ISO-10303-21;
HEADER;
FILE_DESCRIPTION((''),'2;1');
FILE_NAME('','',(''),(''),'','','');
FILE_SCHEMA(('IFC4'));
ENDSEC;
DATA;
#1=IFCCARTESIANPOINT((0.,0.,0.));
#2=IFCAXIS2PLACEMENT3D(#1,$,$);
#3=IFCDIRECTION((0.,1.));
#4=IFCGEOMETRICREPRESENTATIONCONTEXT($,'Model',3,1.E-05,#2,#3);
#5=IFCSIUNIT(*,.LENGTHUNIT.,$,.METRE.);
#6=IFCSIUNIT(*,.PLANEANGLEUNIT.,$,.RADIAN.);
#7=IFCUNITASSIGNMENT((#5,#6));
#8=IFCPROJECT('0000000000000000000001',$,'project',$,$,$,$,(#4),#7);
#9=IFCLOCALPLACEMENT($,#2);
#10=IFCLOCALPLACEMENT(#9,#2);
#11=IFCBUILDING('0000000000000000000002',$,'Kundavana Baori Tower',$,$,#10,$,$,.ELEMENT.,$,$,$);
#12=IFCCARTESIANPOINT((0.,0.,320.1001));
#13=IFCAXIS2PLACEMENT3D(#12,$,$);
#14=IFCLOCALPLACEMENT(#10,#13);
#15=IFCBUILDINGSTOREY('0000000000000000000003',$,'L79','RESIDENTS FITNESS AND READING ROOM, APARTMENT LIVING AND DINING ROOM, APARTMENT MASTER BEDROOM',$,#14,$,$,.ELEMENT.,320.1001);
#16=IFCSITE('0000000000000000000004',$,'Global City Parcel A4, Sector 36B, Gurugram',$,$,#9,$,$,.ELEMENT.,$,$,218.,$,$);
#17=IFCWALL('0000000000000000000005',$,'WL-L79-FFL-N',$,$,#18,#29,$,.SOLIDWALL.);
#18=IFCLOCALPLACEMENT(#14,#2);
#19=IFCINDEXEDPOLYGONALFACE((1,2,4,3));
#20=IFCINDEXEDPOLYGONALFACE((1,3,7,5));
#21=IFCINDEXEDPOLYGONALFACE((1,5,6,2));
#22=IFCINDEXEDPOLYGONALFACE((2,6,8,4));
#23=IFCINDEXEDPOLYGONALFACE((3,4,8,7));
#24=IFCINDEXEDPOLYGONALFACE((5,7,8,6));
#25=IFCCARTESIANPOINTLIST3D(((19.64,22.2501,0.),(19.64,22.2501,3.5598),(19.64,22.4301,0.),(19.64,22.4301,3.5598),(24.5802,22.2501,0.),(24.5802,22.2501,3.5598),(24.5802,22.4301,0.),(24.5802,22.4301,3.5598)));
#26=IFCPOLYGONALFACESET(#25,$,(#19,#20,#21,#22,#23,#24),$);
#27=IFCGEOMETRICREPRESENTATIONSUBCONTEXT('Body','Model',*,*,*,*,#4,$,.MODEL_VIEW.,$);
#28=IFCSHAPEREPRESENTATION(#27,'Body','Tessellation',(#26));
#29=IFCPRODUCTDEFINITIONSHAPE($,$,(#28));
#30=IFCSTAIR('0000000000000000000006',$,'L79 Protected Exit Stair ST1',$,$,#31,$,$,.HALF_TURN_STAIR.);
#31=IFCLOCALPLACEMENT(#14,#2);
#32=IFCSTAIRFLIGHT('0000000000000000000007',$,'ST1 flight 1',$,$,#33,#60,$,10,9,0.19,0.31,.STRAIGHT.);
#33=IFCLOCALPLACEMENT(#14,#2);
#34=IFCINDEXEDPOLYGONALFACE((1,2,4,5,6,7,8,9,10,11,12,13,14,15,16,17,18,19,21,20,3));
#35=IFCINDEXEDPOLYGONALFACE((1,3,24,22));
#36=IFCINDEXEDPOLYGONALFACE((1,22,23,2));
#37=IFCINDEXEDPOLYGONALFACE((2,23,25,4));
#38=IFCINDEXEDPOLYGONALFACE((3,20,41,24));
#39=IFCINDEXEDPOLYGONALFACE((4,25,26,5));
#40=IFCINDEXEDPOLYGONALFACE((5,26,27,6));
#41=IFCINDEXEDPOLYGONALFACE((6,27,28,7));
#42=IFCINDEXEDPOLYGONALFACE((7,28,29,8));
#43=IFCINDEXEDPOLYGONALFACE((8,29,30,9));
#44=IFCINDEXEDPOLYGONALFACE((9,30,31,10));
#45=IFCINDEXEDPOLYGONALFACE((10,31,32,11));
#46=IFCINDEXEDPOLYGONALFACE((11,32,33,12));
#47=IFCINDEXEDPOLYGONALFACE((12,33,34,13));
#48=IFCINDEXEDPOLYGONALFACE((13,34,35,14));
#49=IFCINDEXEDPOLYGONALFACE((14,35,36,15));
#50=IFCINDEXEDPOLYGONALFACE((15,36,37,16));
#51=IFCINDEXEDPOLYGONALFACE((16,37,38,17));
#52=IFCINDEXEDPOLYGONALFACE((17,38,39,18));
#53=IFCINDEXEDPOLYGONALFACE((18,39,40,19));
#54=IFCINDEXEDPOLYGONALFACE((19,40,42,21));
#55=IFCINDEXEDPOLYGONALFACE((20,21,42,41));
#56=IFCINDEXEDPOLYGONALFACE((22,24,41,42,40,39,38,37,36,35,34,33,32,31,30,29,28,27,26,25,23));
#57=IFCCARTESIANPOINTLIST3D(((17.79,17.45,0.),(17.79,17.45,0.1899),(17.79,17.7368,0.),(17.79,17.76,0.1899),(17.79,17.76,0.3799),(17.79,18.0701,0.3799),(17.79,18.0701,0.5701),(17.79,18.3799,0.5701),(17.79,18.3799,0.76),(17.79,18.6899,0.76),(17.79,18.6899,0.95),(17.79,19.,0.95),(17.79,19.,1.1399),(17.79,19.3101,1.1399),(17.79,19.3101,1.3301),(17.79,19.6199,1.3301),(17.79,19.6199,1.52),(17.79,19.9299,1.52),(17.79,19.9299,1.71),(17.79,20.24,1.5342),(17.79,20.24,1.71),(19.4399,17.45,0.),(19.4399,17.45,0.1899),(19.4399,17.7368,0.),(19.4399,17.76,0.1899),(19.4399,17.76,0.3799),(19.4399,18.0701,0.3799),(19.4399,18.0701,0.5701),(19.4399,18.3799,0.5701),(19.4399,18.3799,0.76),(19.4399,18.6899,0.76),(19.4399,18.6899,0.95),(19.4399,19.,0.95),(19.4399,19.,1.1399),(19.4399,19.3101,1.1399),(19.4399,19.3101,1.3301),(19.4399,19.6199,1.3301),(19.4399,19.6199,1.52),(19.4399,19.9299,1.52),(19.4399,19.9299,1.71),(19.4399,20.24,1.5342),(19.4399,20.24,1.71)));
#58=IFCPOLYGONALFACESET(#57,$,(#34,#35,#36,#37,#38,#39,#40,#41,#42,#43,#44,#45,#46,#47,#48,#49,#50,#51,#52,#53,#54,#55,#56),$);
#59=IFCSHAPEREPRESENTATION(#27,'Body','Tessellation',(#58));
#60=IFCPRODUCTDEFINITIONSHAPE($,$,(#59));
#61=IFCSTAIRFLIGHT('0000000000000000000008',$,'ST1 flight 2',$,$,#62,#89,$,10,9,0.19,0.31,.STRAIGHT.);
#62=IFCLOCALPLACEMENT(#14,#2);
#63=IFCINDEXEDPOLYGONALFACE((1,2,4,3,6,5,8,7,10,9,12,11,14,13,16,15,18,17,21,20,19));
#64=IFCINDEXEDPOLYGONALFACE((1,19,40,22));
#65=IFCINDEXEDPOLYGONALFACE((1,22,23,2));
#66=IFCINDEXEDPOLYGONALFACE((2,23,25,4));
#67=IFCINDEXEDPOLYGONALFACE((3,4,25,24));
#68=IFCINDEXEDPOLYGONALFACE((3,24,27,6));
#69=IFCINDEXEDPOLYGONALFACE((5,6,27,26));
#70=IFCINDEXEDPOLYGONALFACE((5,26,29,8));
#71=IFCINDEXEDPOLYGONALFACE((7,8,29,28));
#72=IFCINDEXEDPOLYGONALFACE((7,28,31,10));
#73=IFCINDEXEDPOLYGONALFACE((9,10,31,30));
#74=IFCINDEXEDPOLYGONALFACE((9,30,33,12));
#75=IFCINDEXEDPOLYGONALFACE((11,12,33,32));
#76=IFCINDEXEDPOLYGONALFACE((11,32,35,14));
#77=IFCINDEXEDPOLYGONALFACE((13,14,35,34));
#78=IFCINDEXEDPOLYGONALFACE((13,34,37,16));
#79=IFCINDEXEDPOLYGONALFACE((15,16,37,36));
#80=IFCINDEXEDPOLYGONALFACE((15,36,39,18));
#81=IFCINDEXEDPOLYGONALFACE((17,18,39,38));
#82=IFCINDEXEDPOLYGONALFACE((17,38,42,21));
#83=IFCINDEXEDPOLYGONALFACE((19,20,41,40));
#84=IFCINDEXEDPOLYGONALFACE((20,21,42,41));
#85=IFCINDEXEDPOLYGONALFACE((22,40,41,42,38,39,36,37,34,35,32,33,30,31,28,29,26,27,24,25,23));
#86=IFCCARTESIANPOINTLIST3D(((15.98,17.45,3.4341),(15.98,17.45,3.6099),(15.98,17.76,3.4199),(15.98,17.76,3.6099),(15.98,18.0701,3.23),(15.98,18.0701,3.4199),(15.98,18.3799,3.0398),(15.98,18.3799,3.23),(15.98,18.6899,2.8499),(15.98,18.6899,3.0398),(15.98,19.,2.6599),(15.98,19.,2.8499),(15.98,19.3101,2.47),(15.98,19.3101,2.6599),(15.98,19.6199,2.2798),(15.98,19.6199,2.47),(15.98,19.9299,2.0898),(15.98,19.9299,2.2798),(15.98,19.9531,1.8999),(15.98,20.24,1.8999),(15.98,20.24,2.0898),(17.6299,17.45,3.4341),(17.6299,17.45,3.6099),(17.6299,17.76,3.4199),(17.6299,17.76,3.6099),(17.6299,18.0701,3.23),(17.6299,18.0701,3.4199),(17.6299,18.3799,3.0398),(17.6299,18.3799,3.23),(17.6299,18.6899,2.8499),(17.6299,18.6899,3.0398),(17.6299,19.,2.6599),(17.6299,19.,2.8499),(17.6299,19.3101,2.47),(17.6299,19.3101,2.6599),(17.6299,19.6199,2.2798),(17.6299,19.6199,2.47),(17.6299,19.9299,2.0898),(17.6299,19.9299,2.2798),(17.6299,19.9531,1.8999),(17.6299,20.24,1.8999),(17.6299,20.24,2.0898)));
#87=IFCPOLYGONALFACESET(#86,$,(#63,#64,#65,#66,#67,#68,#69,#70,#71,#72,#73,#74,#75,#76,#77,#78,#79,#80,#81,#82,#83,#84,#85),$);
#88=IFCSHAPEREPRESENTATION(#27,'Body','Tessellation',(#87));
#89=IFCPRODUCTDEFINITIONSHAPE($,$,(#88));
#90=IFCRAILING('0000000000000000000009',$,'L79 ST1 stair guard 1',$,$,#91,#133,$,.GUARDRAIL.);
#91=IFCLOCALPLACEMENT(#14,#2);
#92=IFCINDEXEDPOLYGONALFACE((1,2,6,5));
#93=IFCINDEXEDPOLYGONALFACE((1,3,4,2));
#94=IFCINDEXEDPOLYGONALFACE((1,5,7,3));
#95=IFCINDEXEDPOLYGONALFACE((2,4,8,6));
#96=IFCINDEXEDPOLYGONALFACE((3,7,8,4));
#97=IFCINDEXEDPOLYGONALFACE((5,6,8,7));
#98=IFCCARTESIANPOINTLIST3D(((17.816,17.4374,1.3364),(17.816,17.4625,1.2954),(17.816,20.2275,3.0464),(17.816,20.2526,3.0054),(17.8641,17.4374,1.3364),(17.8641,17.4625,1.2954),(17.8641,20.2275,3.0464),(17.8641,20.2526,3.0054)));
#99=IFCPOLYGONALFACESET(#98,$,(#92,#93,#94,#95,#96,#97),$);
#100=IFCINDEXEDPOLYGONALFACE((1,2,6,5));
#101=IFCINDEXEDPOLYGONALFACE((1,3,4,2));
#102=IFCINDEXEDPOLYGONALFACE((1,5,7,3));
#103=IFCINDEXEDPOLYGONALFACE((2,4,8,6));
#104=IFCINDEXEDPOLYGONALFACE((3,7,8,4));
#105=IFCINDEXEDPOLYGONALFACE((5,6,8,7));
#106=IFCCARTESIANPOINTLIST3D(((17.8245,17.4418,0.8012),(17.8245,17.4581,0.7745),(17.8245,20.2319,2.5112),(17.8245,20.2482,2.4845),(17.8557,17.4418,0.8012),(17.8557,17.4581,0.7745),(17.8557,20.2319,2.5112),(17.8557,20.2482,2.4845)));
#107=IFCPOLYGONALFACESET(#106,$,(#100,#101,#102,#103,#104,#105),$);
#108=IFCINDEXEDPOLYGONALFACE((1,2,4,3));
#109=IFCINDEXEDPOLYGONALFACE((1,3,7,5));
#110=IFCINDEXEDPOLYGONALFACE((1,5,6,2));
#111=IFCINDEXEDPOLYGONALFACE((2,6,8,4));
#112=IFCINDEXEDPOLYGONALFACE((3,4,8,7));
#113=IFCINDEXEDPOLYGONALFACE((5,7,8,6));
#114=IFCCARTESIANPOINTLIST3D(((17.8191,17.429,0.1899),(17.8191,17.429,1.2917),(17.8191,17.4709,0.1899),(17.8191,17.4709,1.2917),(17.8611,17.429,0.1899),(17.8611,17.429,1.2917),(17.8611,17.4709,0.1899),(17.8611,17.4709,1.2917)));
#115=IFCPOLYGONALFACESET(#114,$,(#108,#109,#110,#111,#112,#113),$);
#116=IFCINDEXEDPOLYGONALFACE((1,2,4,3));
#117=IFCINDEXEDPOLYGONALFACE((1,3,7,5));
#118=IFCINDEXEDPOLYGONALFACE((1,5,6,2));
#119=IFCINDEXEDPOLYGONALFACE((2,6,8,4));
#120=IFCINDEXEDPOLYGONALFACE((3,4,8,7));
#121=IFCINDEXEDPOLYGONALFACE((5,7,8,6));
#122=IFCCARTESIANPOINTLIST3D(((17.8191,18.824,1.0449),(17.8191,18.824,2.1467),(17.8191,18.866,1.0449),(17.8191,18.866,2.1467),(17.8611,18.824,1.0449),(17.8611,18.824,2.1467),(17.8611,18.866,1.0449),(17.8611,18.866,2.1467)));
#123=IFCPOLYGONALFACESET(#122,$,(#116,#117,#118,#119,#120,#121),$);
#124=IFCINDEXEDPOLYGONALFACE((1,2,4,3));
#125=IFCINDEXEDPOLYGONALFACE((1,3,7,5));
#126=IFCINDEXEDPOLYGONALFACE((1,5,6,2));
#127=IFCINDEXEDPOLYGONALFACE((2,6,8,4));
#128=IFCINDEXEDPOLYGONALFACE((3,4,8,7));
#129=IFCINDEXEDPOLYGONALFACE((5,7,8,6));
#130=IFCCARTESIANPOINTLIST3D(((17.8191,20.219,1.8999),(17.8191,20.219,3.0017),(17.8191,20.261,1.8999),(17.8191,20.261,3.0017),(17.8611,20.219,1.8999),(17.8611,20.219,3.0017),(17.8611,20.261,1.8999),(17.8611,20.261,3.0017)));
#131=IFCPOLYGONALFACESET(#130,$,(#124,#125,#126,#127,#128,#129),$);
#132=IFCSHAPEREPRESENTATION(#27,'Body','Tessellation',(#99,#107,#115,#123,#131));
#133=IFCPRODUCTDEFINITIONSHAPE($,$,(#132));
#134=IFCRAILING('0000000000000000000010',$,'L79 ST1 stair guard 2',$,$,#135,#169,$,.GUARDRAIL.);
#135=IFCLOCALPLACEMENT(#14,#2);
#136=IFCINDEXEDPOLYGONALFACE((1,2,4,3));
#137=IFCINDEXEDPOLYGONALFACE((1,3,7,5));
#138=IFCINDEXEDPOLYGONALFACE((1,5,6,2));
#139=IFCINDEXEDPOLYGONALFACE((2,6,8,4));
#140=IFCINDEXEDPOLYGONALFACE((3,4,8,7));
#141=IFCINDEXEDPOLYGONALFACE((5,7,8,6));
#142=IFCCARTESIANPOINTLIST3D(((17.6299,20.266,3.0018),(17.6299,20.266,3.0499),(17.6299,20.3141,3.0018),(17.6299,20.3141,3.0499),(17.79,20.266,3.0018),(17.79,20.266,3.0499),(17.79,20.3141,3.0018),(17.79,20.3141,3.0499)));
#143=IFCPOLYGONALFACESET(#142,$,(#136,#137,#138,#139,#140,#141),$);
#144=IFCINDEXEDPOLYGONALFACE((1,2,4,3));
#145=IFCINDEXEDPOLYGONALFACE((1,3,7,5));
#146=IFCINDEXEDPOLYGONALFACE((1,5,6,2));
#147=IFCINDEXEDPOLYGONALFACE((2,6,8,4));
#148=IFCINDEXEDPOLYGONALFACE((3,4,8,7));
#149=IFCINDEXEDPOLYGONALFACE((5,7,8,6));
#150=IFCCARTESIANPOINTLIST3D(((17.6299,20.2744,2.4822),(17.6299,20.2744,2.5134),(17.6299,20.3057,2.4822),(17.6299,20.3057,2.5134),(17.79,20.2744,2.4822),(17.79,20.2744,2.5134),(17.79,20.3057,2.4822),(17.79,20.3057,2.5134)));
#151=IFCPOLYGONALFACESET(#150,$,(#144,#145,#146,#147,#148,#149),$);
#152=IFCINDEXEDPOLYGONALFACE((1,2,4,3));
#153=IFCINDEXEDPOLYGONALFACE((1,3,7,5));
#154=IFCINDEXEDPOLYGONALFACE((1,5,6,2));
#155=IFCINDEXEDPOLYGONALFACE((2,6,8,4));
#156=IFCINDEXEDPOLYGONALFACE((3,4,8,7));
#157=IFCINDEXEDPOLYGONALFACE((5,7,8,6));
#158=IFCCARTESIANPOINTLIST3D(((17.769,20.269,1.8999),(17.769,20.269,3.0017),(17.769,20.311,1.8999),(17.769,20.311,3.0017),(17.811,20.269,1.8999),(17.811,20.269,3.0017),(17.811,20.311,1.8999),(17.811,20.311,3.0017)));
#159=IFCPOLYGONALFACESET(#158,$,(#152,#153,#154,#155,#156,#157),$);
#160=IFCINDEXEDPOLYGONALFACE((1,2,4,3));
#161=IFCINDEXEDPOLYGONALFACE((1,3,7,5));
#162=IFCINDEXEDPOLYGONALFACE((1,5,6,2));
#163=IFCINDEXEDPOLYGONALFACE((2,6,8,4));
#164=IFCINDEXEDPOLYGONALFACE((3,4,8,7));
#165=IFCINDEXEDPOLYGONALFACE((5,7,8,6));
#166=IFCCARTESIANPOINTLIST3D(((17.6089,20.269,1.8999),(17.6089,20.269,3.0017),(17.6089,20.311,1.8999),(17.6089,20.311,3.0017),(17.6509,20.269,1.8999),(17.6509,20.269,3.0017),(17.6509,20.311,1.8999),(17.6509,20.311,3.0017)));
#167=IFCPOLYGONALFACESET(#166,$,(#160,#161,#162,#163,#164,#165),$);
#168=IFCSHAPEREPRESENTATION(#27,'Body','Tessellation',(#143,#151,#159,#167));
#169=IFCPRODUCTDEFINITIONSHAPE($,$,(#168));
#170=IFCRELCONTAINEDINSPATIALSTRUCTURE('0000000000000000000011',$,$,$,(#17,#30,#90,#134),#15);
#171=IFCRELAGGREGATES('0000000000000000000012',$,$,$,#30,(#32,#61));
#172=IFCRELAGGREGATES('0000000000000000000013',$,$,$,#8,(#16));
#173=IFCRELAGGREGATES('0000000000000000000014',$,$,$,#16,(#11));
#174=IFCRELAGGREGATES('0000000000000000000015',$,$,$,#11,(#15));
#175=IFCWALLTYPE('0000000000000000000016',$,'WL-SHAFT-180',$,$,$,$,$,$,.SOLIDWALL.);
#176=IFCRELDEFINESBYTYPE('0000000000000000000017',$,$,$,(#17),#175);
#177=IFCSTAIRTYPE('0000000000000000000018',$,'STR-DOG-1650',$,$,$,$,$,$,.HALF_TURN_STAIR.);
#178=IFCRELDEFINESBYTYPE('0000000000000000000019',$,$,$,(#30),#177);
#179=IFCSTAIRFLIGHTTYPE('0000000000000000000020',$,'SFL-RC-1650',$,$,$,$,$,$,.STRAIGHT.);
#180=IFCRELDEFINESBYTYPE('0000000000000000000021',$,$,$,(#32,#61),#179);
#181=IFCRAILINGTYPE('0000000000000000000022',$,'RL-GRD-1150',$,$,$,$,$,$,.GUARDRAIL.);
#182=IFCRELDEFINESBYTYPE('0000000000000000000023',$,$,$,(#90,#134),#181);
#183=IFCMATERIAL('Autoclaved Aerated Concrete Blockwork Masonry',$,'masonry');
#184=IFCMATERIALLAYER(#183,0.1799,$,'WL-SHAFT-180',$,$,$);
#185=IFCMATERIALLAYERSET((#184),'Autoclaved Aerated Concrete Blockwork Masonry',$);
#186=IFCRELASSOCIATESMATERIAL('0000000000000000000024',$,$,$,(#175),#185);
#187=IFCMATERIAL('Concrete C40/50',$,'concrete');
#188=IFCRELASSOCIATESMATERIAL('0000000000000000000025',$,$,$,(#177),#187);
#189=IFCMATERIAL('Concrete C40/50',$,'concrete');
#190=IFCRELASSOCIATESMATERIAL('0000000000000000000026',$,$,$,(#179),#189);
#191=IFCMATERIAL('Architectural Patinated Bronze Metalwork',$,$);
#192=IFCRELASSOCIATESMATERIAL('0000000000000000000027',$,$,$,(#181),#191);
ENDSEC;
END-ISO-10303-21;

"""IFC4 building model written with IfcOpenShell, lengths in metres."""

from ifc_helpers import new_model, si_unit, direction, frame, frame_2d, origin, origin_2d, place, context, subcontext, project, spatial, polyline, rectangle, outline, extrude, material, layer, layer_set, type_object, element, aggregate, save


model = new_model("IFC4")

# Units and contexts
model_context = context("Model", 3, precision=1e-05, world=origin(), true_north=direction((0.0, 1.0)))
body_context = subcontext(model_context, "Body", "Model", "MODEL_VIEW")
ifc_project = project(units=[si_unit("LENGTHUNIT", "METRE"), si_unit("PLANEANGLEUNIT", "RADIAN")], contexts=[model_context])

# Site, building, storey
site_placement = place(None, origin())
site = spatial("IfcSite", under=ifc_project, at=site_placement, Name="Global City Parcel A4, Sector 36B, Gurugram", CompositionType="ELEMENT", RefElevation=218.0)
building_placement = place(site_placement, origin())
building = spatial("IfcBuilding", under=site, at=building_placement, Name="Kundavana Baori Tower", CompositionType="ELEMENT")
storey_placement = place(building_placement, frame((0.0, 0.0, 320.1001)))
storey = spatial("IfcBuildingStorey", under=building, at=storey_placement, Name="L79", Description="RESIDENTS FITNESS AND READING ROOM, APARTMENT LIVING AND DINING ROOM, APARTMENT MASTER BEDROOM", CompositionType="ELEMENT", Elevation=320.1001)

# Shared definitions
ifc_material_1 = material(Name="Autoclaved Aerated Concrete Blockwork Masonry", Category="masonry")
ifc_layer_1 = layer(ifc_material_1, 0.1799, Name="WL-SHAFT-180")
ifc_layer_set_1 = layer_set([ifc_layer_1], Name="Autoclaved Aerated Concrete Blockwork Masonry")
wall_type_1 = type_object("IfcWallType", Name="WL-SHAFT-180", PredefinedType="SOLIDWALL", material=ifc_layer_set_1)

# Wall
wall_1_placement = place(storey_placement, frame((19.6399, 22.3401, 0.0), z_axis=(0.0, 0.0, 1.0), x_axis=(1.0, 0.0, 0.0)))
element("IfcWall", 1, at=wall_1_placement, inside=storey, type_object=wall_type_1, Name="WL-L79-FFL-N", PredefinedType="SOLIDWALL", context=body_context, shape_type="SweptSolid", body=[
    extrude(rectangle(XDim=4.9402, YDim=0.1799, at=frame_2d((2.4702, 0.0))), origin(), (0.0, 0.0, 1.0), 3.5598),
])

# Stair, stair flights
ifc_material_2 = material(Name="Concrete C40/50", Category="concrete")
stair_type = type_object("IfcStairType", Name="STR-DOG-1650", PredefinedType="HALF_TURN_STAIR", material=ifc_material_2)
stair_placement = place(storey_placement, origin())
stair = element("IfcStair", 2, at=stair_placement, inside=storey, type_object=stair_type, Name="L79 Protected Exit Stair ST1", PredefinedType="HALF_TURN_STAIR")
ifc_material_3 = material(Name="Concrete C40/50", Category="concrete")
stair_flight_type = type_object("IfcStairFlightType", Name="SFL-RC-1650", PredefinedType="STRAIGHT", material=ifc_material_3)
stair_flight_1_placement = place(storey_placement, frame((18.615, 17.45, 0.0), z_axis=(0.0, 0.0, 1.0), x_axis=(0.0, 1.0, 0.0)))
stair_flight_1 = element("IfcStairFlight", 3, at=stair_flight_1_placement, type_object=stair_flight_type, Name="ST1 flight 1", NumberOfRisers=10, NumberOfTreads=9, PredefinedType="STRAIGHT", RiserHeight=0.19, TreadLength=0.31, context=body_context, shape_type="SweptSolid", body=[
    extrude(outline(polyline([(0.0, 0.0), (0.0, 0.1899), (0.3101, 0.1899), (0.3101, 0.3799), (0.6201, 0.3799), (0.6201, 0.5701), (0.9299, 0.5701), (0.9299, 0.76), (1.24, 0.76), (1.24, 0.95), (1.55, 0.95), (1.55, 1.1399), (1.8601, 1.1399), (1.8601, 1.3301), (2.1699, 1.3301), (2.1699, 1.52), (2.48, 1.52), (2.48, 1.71), (2.79, 1.71), (2.79, 1.8999), (2.79, 1.5342), (0.2869, 0.0), (0.0, 0.0)])), frame((0.0, 0.825, 0.0), z_axis=(0.0, -1.0, 0.0), x_axis=(1.0, 0.0, 0.0)), (0.0, 0.0, 1.0), 1.6499),
])
stair_flight_2_placement = place(storey_placement, frame((16.8049, 20.24, 1.8999), z_axis=(0.0, 0.0, 1.0), x_axis=(0.0, -1.0, 0.0)))
stair_flight_2 = element("IfcStairFlight", 4, at=stair_flight_2_placement, type_object=stair_flight_type, Name="ST1 flight 2", NumberOfRisers=10, NumberOfTreads=9, PredefinedType="STRAIGHT", RiserHeight=0.19, TreadLength=0.31, context=body_context, shape_type="SweptSolid", body=[
    extrude(outline(polyline([(0.0, 0.0), (0.0, 0.1899), (0.3101, 0.1899), (0.3101, 0.3799), (0.6201, 0.3799), (0.6201, 0.5701), (0.9299, 0.5701), (0.9299, 0.76), (1.24, 0.76), (1.24, 0.95), (1.55, 0.95), (1.55, 1.1399), (1.8601, 1.1399), (1.8601, 1.3301), (2.1699, 1.3301), (2.1699, 1.52), (2.48, 1.52), (2.48, 1.71), (2.79, 1.71), (2.79, 1.8999), (2.79, 1.5342), (0.2869, 0.0), (0.0, 0.0)])), frame((0.0, 0.825, 0.0), z_axis=(0.0, -1.0, 0.0), x_axis=(1.0, 0.0, 0.0)), (0.0, 0.0, 1.0), 1.6499),
])
aggregate(stair, [stair_flight_1, stair_flight_2])

# Railings
ifc_material_4 = material(Name="Architectural Patinated Bronze Metalwork")
railing_type_1 = type_object("IfcRailingType", Name="RL-GRD-1150", PredefinedType="GUARDRAIL", material=ifc_material_4)
railing_1_placement = place(storey_placement, frame((17.8401, 17.45, 0.1899)))
element("IfcRailing", 5, at=railing_1_placement, inside=storey, type_object=railing_type_1, Name="L79 ST1 stair guard 1", PredefinedType="GUARDRAIL", context=body_context, shape_type="SweptSolid", body=[
    extrude(rectangle(XDim=0.0481, YDim=0.0481, at=origin_2d()), frame((0.0, 0.0, 1.126), z_axis=(0.0, 0.85261, 0.522548), x_axis=(-1.0, 0.0, 0.0)), (0.0, 0.0, 1.0), 3.2725),
    extrude(rectangle(XDim=0.0312, YDim=0.0312, at=origin_2d()), frame((0.0, 0.0, 0.5979), z_axis=(0.0, 0.85261, 0.522548), x_axis=(-1.0, 0.0, 0.0)), (0.0, 0.0, 1.0), 3.2725),
    extrude(rectangle(XDim=0.042, YDim=0.042, at=origin_2d()), origin(), (0.0, 0.0, 1.0), 1.1018),
    extrude(rectangle(XDim=0.042, YDim=0.042, at=origin_2d()), frame((0.0, 1.395, 0.855)), (0.0, 0.0, 1.0), 1.1018),
    extrude(rectangle(XDim=0.042, YDim=0.042, at=origin_2d()), frame((0.0, 2.79, 1.71)), (0.0, 0.0, 1.0), 1.1018),
])
railing_2_placement = place(storey_placement, frame((17.79, 20.29, 1.8999)))
element("IfcRailing", 6, at=railing_2_placement, inside=storey, type_object=railing_type_1, Name="L79 ST1 stair guard 2", PredefinedType="GUARDRAIL", context=body_context, shape_type="SweptSolid", body=[
    extrude(rectangle(XDim=0.0481, YDim=0.0481, at=origin_2d()), frame((0.0, 0.0, 1.126), z_axis=(-1.0, 0.0, 0.0), x_axis=(0.0, -1.0, 0.0)), (0.0, 0.0, 1.0), 0.1602),
    extrude(rectangle(XDim=0.0312, YDim=0.0312, at=origin_2d()), frame((0.0, 0.0, 0.5979), z_axis=(-1.0, 0.0, 0.0), x_axis=(0.0, -1.0, 0.0)), (0.0, 0.0, 1.0), 0.1602),
    extrude(rectangle(XDim=0.042, YDim=0.042, at=origin_2d()), origin(), (0.0, 0.0, 1.0), 1.1018),
    extrude(rectangle(XDim=0.042, YDim=0.042, at=origin_2d()), frame((-0.1602, 0.0, 0.0)), (0.0, 0.0, 1.0), 1.1018),
])

save(model, "model.ifc")
